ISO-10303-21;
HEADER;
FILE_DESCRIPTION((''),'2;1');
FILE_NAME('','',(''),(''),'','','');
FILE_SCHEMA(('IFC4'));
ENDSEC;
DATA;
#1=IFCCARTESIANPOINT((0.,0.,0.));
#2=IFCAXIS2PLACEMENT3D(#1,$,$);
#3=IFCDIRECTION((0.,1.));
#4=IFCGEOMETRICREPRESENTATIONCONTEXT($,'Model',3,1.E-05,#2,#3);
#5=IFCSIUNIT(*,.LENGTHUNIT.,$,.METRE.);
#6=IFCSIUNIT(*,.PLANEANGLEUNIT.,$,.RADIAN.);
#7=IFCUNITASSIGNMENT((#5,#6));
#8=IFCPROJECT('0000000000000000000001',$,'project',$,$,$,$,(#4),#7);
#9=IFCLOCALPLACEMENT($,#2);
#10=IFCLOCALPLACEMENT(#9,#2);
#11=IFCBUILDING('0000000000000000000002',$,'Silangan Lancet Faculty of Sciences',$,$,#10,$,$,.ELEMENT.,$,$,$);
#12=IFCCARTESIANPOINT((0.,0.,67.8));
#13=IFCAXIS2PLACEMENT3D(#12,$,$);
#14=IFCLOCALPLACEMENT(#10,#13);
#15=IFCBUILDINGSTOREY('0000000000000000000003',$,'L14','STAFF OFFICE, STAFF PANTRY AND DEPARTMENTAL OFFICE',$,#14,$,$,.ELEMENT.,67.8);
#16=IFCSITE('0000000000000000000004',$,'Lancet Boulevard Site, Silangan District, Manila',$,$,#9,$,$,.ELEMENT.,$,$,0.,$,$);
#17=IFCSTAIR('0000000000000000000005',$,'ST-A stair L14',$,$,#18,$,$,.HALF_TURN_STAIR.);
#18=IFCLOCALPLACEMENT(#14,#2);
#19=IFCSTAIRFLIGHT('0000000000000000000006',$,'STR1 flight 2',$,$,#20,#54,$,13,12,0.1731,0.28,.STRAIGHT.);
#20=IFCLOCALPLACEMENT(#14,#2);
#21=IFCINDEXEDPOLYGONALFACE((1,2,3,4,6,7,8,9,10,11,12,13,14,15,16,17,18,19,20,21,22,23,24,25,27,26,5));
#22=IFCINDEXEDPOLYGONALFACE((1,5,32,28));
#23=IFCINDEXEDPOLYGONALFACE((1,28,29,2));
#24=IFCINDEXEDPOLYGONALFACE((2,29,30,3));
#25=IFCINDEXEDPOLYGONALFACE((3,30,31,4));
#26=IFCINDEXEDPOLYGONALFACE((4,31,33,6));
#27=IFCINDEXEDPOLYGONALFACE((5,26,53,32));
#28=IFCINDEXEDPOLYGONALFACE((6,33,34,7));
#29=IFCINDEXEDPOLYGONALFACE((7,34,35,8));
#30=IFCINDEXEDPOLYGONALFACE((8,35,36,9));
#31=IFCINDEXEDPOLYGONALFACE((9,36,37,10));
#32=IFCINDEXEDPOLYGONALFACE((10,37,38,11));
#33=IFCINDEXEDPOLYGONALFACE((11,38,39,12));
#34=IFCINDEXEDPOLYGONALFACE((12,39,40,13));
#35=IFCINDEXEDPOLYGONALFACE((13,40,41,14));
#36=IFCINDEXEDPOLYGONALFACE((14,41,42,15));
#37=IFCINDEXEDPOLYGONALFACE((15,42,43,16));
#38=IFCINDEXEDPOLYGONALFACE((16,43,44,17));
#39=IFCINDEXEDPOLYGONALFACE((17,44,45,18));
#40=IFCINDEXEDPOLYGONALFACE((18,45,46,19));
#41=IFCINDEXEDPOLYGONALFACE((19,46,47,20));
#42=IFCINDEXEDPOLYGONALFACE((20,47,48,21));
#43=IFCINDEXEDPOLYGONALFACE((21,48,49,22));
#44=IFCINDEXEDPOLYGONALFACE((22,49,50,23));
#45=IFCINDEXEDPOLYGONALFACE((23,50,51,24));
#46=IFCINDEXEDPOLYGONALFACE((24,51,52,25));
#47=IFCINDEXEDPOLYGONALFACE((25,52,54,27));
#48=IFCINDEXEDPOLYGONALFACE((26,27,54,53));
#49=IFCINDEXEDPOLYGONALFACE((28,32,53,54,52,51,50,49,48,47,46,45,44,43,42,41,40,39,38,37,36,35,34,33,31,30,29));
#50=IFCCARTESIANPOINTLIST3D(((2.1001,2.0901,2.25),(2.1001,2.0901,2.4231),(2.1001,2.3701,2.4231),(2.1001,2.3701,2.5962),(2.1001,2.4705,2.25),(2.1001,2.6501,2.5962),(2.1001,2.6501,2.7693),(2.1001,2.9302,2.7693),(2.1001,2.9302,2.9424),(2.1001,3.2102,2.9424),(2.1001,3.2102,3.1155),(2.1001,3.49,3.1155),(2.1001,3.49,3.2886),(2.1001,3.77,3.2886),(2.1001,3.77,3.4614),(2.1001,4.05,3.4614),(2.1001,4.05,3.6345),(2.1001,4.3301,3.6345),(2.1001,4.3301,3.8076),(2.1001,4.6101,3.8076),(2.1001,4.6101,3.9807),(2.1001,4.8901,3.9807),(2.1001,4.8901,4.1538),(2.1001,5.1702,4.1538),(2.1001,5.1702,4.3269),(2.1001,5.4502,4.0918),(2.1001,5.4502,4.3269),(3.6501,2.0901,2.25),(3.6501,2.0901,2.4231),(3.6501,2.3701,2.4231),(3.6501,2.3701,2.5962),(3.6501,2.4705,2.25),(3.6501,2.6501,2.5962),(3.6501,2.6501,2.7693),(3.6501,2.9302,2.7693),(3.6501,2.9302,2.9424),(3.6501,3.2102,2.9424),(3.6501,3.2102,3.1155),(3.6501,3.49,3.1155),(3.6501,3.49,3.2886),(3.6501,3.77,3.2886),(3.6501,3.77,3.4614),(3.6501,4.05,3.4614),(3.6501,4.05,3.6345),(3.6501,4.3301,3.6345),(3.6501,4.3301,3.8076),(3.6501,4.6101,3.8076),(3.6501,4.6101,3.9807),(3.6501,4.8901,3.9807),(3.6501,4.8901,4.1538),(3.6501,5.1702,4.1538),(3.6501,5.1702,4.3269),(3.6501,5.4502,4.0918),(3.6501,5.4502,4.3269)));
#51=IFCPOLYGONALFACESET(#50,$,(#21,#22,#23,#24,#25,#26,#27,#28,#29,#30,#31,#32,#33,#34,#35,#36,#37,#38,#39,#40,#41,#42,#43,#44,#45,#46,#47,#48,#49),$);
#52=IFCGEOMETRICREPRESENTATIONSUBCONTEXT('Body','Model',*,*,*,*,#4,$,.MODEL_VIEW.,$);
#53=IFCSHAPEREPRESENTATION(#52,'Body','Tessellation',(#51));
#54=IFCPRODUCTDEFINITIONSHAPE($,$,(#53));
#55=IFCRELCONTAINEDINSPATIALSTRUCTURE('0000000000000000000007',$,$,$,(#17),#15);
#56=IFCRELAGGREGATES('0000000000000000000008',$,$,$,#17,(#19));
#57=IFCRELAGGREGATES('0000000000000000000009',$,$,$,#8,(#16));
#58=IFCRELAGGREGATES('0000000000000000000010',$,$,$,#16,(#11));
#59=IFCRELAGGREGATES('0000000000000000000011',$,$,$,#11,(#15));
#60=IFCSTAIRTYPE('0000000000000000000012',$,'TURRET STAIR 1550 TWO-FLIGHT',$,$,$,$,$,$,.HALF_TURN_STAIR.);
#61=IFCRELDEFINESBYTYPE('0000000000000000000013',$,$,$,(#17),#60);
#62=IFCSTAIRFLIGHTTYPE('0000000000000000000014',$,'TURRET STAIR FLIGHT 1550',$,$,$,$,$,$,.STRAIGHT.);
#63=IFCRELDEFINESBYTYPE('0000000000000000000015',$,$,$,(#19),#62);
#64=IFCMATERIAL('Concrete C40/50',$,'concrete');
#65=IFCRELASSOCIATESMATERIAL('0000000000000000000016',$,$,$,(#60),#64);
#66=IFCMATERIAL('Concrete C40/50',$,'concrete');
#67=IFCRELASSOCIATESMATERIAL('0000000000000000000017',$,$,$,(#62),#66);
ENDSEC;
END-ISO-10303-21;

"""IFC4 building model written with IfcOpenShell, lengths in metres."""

from ifc_helpers import new_model, si_unit, direction, frame, origin, place, context, subcontext, project, spatial, polyline, outline, extrude, material, type_object, element, aggregate, save


model = new_model("IFC4")

# Units and contexts
model_context = context("Model", 3, precision=1e-05, world=origin(), true_north=direction((0.0, 1.0)))
body_context = subcontext(model_context, "Body", "Model", "MODEL_VIEW")
ifc_project = project(units=[si_unit("LENGTHUNIT", "METRE"), si_unit("PLANEANGLEUNIT", "RADIAN")], contexts=[model_context])

# Site, building, storey
site_placement = place(None, origin())
site = spatial("IfcSite", under=ifc_project, at=site_placement, Name="Lancet Boulevard Site, Silangan District, Manila", CompositionType="ELEMENT", RefElevation=0.0)
building_placement = place(site_placement, origin())
building = spatial("IfcBuilding", under=site, at=building_placement, Name="Silangan Lancet Faculty of Sciences", CompositionType="ELEMENT")
storey_placement = place(building_placement, frame((0.0, 0.0, 67.8)))
storey = spatial("IfcBuildingStorey", under=building, at=storey_placement, Name="L14", Description="STAFF OFFICE, STAFF PANTRY AND DEPARTMENTAL OFFICE", CompositionType="ELEMENT", Elevation=67.8)

# Stair, stair flight
ifc_material_1 = material(Name="Concrete C40/50", Category="concrete")
stair_type = type_object("IfcStairType", Name="TURRET STAIR 1550 TWO-FLIGHT", PredefinedType="HALF_TURN_STAIR", material=ifc_material_1)
stair_placement = place(storey_placement, origin())
stair = element("IfcStair", 1, at=stair_placement, inside=storey, type_object=stair_type, Name="ST-A stair L14", PredefinedType="HALF_TURN_STAIR")
ifc_material_2 = material(Name="Concrete C40/50", Category="concrete")
stair_flight_type = type_object("IfcStairFlightType", Name="TURRET STAIR FLIGHT 1550", PredefinedType="STRAIGHT", material=ifc_material_2)
stair_flight_1_placement = place(storey_placement, frame((2.875, 2.0901, 2.25), z_axis=(0.0, 0.0, 1.0), x_axis=(0.0, 1.0, 0.0)))
stair_flight_1 = element("IfcStairFlight", 2, at=stair_flight_1_placement, type_object=stair_flight_type, Name="STR1 flight 2", NumberOfRisers=13, NumberOfTreads=12, PredefinedType="STRAIGHT", RiserHeight=0.1731, TreadLength=0.28, context=body_context, shape_type="SweptSolid", body=[
    extrude(outline(polyline([(0.0, 0.0), (0.0, 0.1731), (0.28, 0.1731), (0.28, 0.3462), (0.5601, 0.3462), (0.5601, 0.5193), (0.8401, 0.5193), (0.8401, 0.6924), (1.1201, 0.6924), (1.1201, 0.8655), (1.3999, 0.8655), (1.3999, 1.0386), (1.6799, 1.0386), (1.6799, 1.2114), (1.96, 1.2114), (1.96, 1.3845), (2.24, 1.3845), (2.24, 1.5576), (2.52, 1.5576), (2.52, 1.7307), (2.8, 1.7307), (2.8, 1.9038), (3.0801, 1.9038), (3.0801, 2.0769), (3.3601, 2.0769), (3.3601, 2.25), (3.3601, 1.8418), (0.3804, 0.0), (0.0, 0.0)])), frame((0.0, 0.7749, 0.0), z_axis=(0.0, -1.0, 0.0), x_axis=(1.0, 0.0, 0.0)), (0.0, 0.0, 1.0), 1.55),
])
aggregate(stair, [stair_flight_1])

save(model, "model.ifc")
